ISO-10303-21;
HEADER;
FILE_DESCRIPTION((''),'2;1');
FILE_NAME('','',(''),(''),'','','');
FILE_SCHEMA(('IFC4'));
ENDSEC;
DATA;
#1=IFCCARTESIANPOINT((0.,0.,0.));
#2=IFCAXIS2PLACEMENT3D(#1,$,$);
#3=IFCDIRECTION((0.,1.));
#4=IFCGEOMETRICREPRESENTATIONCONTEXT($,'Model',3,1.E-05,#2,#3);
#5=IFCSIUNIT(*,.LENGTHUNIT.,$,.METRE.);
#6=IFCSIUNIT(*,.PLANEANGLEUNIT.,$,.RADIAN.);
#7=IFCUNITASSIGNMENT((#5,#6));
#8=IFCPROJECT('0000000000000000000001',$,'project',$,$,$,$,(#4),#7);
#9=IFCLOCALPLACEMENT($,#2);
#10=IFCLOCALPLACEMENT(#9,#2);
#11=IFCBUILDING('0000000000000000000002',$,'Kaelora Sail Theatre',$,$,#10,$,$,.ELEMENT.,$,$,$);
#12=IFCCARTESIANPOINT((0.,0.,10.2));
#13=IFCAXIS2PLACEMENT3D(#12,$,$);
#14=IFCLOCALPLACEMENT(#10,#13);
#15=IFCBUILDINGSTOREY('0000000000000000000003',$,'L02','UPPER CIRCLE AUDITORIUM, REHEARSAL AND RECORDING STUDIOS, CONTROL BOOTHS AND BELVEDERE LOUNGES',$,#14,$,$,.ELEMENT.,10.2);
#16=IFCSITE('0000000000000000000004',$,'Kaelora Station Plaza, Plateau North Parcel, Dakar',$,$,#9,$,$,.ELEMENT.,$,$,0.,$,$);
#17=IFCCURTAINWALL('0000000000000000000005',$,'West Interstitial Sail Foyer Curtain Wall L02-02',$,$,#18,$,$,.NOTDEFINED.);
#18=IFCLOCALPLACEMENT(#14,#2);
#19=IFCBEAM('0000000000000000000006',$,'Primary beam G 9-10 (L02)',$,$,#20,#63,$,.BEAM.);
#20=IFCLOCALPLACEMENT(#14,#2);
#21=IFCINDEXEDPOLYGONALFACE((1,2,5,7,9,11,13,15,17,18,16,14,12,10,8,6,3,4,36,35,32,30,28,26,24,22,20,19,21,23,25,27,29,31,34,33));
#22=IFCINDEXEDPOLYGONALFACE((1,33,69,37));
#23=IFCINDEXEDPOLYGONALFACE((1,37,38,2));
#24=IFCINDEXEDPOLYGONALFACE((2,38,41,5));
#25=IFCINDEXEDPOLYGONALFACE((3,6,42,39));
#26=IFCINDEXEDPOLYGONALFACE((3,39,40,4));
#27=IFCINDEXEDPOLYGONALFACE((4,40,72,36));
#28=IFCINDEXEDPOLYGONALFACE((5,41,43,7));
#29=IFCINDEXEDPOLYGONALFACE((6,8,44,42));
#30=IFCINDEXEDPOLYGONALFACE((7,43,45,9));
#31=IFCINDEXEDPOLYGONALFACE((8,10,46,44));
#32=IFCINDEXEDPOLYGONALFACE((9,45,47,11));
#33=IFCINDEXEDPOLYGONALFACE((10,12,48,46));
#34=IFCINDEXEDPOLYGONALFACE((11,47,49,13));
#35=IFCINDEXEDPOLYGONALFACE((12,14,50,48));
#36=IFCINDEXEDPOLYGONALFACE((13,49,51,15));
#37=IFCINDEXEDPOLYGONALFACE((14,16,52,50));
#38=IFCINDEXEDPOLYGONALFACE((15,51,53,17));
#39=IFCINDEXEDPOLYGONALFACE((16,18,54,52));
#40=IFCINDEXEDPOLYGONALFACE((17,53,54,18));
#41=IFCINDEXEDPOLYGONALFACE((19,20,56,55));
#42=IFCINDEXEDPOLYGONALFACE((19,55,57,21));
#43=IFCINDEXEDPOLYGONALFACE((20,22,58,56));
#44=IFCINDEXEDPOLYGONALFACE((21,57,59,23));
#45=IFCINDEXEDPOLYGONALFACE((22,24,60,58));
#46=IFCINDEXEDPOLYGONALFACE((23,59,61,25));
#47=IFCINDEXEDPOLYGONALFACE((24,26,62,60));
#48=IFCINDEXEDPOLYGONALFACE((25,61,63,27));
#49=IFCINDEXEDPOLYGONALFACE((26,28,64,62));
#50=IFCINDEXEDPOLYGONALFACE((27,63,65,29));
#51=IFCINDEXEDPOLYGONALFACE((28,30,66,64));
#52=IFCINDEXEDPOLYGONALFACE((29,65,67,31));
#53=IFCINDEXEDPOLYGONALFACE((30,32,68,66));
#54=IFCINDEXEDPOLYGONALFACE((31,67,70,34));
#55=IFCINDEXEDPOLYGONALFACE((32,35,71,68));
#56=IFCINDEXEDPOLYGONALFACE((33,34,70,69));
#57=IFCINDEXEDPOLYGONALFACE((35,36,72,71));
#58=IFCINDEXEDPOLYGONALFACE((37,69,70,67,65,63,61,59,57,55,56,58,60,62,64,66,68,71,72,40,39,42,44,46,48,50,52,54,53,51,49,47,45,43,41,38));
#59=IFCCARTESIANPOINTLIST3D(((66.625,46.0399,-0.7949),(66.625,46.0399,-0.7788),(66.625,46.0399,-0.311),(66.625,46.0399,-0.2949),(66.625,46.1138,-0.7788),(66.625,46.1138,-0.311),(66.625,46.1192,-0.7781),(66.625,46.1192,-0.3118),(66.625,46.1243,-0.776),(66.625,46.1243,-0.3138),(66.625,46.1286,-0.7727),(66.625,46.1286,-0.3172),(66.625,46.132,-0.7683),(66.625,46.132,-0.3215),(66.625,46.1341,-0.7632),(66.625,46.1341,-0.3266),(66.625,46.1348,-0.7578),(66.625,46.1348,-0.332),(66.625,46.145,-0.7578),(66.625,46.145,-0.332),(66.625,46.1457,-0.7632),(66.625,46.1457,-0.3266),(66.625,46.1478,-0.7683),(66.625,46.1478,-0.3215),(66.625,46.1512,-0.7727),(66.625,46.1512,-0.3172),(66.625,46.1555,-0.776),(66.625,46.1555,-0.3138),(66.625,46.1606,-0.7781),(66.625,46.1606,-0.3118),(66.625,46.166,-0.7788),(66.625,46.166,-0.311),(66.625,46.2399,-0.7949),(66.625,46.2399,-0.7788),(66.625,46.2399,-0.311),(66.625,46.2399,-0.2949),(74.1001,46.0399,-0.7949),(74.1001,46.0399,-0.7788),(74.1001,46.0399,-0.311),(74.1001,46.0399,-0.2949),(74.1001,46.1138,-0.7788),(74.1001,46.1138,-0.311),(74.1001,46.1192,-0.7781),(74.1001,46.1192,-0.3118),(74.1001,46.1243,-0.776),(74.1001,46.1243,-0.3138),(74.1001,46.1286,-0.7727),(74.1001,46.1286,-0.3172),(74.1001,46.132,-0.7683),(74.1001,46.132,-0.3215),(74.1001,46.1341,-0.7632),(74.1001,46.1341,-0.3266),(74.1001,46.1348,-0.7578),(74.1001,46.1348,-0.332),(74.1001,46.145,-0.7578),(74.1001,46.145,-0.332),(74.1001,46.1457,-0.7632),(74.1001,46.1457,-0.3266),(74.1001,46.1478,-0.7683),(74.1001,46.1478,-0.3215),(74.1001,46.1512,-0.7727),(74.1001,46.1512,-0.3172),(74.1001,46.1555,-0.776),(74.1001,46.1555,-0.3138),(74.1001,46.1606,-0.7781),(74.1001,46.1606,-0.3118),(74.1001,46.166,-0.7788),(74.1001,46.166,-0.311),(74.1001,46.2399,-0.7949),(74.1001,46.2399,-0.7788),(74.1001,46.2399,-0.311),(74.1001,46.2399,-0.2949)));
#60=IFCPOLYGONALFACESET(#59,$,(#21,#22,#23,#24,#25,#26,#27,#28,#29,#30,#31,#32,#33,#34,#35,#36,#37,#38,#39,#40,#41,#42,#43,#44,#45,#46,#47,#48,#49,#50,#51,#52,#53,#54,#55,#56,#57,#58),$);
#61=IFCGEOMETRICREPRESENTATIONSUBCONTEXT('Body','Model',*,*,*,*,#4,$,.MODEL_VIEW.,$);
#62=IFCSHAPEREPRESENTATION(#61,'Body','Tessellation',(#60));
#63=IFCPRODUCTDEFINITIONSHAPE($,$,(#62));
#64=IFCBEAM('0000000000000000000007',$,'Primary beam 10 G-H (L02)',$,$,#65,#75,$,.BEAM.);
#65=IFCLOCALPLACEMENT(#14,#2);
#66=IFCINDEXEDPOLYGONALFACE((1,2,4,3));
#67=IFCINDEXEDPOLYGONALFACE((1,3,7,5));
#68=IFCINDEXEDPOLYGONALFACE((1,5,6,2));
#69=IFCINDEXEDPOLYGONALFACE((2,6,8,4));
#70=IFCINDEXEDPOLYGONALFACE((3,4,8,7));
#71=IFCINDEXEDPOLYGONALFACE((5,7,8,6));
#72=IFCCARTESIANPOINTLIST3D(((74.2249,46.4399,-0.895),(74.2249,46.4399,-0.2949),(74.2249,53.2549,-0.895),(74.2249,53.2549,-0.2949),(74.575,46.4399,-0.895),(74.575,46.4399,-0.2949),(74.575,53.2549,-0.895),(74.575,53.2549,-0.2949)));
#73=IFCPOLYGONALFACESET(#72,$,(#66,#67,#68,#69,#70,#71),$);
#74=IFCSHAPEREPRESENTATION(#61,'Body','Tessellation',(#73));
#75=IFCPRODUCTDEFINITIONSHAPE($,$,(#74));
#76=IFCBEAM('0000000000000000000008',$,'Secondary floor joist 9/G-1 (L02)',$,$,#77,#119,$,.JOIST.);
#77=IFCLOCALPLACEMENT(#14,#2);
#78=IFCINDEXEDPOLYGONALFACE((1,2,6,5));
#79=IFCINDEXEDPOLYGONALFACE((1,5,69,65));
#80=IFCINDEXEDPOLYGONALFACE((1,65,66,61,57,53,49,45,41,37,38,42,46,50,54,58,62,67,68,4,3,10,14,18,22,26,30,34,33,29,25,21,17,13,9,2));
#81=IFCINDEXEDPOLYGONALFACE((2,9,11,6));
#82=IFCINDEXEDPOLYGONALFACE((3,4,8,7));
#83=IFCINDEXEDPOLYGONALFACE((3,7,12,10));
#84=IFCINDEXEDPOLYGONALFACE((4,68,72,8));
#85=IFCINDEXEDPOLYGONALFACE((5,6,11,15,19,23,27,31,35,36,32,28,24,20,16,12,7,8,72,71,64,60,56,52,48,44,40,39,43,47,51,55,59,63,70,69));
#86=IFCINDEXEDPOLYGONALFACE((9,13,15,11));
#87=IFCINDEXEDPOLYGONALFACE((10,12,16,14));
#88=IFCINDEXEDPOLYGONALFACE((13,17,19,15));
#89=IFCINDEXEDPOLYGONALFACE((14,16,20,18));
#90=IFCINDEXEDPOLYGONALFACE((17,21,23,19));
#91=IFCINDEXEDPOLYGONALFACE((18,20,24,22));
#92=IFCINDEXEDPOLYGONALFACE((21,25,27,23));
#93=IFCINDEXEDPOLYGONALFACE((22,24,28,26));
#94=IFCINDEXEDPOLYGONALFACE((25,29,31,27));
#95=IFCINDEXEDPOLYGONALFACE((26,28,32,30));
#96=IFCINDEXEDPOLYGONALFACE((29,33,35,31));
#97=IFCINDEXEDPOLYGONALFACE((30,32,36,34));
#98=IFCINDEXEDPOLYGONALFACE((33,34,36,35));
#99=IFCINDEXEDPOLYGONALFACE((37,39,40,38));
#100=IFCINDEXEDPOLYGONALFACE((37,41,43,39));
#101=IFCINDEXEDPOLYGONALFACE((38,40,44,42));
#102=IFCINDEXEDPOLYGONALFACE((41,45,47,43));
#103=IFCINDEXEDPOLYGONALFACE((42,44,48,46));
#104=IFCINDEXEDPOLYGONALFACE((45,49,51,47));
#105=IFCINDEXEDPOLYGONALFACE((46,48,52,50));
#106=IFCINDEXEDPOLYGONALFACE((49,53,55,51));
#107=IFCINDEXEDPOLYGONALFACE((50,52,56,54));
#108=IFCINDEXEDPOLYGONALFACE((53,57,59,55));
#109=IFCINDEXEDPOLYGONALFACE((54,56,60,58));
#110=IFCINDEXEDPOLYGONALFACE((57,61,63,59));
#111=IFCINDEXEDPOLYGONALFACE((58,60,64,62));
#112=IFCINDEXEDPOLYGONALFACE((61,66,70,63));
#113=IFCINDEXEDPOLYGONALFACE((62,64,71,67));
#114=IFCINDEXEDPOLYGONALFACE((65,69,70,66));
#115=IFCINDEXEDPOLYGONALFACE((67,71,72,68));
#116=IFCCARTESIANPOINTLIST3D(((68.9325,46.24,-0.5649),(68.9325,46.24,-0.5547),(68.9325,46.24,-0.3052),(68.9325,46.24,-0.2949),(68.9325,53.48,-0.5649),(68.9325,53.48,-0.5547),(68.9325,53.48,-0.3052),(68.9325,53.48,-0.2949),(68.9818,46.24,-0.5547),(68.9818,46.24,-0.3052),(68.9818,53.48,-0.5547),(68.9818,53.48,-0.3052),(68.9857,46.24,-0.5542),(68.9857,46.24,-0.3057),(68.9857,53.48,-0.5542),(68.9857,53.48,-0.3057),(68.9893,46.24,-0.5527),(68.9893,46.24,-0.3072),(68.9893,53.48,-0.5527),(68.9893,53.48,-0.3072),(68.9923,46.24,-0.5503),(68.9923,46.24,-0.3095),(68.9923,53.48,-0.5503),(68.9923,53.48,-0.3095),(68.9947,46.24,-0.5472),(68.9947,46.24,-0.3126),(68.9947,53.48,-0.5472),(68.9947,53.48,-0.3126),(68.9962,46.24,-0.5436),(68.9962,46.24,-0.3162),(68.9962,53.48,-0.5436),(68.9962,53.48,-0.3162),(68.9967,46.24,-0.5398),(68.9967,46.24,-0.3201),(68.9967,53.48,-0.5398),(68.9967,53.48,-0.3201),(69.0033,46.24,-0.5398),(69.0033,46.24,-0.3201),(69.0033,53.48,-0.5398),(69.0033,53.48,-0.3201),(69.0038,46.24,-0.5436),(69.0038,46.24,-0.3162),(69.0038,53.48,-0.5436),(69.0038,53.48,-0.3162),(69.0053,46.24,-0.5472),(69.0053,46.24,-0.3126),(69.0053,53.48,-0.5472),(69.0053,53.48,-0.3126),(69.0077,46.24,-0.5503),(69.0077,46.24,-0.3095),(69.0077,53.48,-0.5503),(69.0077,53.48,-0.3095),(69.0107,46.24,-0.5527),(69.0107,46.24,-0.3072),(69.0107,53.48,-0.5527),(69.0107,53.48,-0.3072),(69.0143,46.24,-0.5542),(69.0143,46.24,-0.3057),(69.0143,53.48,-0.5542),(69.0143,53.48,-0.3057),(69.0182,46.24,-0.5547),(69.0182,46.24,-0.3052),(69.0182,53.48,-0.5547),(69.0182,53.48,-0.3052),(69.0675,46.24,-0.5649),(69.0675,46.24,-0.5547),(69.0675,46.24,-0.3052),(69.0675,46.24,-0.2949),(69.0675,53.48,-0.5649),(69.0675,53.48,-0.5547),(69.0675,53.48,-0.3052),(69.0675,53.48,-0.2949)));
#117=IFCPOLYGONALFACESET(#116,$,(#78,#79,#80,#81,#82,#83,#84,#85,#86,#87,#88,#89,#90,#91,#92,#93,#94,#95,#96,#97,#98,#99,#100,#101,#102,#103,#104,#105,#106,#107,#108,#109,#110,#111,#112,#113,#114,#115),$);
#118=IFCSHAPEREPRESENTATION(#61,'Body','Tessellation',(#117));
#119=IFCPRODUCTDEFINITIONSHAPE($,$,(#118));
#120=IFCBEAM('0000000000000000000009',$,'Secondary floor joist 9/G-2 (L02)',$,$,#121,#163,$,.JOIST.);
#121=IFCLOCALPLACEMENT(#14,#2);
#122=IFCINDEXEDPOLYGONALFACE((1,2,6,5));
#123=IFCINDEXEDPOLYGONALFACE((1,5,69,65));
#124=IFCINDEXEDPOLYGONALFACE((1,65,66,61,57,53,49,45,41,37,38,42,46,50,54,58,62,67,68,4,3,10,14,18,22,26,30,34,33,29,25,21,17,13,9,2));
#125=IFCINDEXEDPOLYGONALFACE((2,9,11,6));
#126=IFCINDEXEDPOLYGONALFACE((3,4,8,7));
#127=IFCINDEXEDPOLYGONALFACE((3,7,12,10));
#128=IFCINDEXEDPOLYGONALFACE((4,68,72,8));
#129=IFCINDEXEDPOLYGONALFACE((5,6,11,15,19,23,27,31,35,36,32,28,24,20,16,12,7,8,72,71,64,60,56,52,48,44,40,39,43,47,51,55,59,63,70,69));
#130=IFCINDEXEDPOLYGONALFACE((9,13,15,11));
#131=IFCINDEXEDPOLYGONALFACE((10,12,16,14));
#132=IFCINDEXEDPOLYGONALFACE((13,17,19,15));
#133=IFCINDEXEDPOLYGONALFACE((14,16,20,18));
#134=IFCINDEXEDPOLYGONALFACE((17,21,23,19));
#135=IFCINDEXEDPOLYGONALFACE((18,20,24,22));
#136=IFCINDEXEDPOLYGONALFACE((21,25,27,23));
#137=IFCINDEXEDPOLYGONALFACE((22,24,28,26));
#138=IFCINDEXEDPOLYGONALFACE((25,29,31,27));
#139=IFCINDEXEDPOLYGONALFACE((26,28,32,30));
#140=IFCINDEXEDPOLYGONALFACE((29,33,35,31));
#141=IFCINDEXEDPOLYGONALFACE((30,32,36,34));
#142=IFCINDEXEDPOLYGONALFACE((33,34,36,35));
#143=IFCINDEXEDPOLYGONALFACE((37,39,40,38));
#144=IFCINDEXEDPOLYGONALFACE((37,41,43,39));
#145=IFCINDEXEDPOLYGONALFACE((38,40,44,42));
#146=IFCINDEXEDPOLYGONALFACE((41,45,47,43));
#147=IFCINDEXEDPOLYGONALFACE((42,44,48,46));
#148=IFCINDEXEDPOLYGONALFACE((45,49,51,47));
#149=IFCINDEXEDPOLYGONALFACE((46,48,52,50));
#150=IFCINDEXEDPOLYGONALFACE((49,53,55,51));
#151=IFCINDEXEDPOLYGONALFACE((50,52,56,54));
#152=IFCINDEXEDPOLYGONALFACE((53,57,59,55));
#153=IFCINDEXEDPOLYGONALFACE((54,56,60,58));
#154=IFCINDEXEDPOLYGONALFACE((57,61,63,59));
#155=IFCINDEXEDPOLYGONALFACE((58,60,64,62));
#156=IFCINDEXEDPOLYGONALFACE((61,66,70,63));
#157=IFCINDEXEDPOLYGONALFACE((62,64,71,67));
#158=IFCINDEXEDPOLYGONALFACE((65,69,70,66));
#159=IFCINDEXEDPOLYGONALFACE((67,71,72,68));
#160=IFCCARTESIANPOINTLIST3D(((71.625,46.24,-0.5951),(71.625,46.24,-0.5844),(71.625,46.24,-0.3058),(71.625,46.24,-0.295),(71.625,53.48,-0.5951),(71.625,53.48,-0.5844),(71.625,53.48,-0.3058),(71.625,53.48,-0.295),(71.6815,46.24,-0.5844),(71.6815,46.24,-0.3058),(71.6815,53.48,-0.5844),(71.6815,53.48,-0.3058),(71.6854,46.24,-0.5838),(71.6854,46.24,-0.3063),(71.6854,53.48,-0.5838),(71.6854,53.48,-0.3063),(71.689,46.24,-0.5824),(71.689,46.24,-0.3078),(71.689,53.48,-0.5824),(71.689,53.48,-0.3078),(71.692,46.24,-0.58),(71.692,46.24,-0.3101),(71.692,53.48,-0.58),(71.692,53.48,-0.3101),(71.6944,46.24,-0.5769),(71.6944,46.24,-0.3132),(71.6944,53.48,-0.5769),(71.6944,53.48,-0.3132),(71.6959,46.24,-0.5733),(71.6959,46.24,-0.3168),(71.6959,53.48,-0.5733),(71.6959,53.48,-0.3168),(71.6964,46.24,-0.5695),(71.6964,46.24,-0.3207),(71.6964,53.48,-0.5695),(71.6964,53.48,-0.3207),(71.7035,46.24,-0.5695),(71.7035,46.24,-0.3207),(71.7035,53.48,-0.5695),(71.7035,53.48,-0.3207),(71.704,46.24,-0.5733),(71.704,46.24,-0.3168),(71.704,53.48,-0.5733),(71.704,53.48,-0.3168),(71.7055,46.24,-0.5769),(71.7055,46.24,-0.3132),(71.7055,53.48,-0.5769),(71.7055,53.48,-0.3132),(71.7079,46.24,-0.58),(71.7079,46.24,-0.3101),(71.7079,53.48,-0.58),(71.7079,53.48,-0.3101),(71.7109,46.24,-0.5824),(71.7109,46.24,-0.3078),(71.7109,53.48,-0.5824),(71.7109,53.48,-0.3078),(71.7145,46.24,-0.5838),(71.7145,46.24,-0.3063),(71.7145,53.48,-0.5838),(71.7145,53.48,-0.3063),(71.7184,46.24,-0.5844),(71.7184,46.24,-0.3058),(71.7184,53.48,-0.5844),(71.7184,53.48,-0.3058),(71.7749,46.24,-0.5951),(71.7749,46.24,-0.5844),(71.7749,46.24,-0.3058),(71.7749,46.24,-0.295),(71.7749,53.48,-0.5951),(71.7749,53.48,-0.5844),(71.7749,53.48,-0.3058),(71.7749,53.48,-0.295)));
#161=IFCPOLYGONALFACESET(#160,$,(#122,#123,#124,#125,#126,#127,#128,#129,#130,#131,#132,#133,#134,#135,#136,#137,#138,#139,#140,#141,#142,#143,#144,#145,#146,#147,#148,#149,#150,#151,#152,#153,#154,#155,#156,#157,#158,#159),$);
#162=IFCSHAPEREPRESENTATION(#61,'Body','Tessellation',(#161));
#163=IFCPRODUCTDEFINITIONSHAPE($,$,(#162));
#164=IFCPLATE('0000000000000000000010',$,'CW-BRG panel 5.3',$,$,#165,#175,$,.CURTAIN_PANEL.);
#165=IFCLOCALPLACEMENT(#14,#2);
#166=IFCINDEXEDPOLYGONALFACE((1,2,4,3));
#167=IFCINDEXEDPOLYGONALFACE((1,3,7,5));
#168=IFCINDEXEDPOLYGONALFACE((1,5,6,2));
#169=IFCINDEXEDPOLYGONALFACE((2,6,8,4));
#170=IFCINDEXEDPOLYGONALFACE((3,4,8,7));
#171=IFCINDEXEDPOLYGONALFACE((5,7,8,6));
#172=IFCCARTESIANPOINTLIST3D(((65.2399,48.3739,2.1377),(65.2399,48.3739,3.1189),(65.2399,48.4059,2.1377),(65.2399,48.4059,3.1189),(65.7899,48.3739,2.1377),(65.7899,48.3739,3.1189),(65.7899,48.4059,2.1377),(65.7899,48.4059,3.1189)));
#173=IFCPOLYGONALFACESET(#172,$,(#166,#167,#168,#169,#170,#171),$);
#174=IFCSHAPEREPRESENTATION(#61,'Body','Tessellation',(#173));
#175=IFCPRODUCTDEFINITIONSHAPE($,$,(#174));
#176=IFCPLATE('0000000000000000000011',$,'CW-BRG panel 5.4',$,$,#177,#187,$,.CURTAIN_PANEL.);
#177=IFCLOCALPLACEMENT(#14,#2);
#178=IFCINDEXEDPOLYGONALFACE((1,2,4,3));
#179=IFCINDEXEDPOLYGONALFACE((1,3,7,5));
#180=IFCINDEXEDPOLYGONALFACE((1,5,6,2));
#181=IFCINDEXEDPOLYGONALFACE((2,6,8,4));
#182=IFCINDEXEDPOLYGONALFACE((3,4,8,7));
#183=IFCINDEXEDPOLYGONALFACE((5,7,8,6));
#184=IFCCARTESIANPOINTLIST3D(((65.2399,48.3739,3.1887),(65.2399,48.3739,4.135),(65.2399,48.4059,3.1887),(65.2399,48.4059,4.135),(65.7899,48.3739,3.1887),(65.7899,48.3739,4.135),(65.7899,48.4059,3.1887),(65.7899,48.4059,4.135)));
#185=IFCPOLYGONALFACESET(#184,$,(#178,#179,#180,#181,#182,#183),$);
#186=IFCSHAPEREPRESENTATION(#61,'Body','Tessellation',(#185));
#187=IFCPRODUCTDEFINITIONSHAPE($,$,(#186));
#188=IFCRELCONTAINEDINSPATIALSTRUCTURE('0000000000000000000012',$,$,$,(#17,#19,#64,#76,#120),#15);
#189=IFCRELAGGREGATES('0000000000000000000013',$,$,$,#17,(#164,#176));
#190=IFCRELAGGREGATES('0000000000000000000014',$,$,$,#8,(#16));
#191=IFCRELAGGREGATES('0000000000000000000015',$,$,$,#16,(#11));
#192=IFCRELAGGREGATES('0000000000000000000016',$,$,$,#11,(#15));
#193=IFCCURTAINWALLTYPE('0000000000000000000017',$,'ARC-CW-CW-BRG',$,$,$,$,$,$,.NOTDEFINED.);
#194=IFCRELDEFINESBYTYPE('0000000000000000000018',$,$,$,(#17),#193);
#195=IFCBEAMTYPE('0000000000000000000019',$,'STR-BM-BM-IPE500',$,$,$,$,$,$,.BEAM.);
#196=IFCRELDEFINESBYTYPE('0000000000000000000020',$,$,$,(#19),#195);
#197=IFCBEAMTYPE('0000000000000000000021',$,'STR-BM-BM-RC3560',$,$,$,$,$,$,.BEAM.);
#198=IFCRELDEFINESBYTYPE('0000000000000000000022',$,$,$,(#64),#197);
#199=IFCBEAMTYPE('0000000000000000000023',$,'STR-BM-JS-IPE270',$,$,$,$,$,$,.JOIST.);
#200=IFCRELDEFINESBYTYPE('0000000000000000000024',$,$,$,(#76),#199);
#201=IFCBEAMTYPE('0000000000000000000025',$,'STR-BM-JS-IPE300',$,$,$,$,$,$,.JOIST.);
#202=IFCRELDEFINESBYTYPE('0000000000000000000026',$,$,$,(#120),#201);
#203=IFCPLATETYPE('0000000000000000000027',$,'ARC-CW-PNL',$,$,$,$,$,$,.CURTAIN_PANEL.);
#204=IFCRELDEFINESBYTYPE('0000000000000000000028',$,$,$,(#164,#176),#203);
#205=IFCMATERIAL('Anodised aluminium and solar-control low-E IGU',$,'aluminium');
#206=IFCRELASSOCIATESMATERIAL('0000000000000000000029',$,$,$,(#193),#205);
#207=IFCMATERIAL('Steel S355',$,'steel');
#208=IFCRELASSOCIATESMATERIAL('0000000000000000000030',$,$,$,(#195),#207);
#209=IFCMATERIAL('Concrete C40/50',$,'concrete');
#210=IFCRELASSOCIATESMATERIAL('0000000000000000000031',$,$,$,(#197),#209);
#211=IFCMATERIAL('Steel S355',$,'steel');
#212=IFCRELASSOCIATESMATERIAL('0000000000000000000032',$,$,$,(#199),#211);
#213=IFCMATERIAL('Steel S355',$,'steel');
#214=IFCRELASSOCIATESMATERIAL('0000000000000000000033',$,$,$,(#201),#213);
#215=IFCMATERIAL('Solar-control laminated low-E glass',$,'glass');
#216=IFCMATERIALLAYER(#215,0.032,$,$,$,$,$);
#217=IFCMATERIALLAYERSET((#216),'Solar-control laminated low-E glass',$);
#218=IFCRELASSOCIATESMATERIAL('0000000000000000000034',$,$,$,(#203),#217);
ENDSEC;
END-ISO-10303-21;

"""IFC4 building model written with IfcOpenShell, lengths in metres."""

from ifc_helpers import new_model, si_unit, direction, frame, origin, origin_2d, place, context, subcontext, project, spatial, rectangle, i_section, extrude, material, layer, layer_set, material_profile, profile_set, type_object, element, aggregate, save


model = new_model("IFC4")

# Units and contexts
model_context = context("Model", 3, precision=1e-05, world=origin(), true_north=direction((0.0, 1.0)))
body_context = subcontext(model_context, "Body", "Model", "MODEL_VIEW")
ifc_project = project(units=[si_unit("LENGTHUNIT", "METRE"), si_unit("PLANEANGLEUNIT", "RADIAN")], contexts=[model_context])

# Site, building, storey
site_placement = place(None, origin())
site = spatial("IfcSite", under=ifc_project, at=site_placement, Name="Kaelora Station Plaza, Plateau North Parcel, Dakar", CompositionType="ELEMENT", RefElevation=0.0)
building_placement = place(site_placement, origin())
building = spatial("IfcBuilding", under=site, at=building_placement, Name="Kaelora Sail Theatre", CompositionType="ELEMENT")
storey_placement = place(building_placement, frame((0.0, 0.0, 10.2)))
storey = spatial("IfcBuildingStorey", under=building, at=storey_placement, Name="L02", Description="UPPER CIRCLE AUDITORIUM, REHEARSAL AND RECORDING STUDIOS, CONTROL BOOTHS AND BELVEDERE LOUNGES", CompositionType="ELEMENT", Elevation=10.2)

# Curtain wall
ifc_material_1 = material(Name="Anodised aluminium and solar-control low-E IGU", Category="aluminium")
curtain_wall_type = type_object("IfcCurtainWallType", Name="ARC-CW-CW-BRG", PredefinedType="NOTDEFINED", material=ifc_material_1)
curtain_wall_1_placement = place(storey_placement, origin())
curtain_wall_1 = element("IfcCurtainWall", 1, at=curtain_wall_1_placement, inside=storey, type_object=curtain_wall_type, Name="West Interstitial Sail Foyer Curtain Wall L02-02", PredefinedType="NOTDEFINED")

# Beams
ifc_material_2 = material(Name="Steel S355", Category="steel")
ifc_material_profile_1 = material_profile(ifc_material_2, i_section(OverallWidth=0.2, OverallDepth=0.5, WebThickness=0.0103, FlangeThickness=0.0161, FilletRadius=0.021, at=origin_2d()), Name="IPE 500")
ifc_profile_set_1 = profile_set([ifc_material_profile_1], Name="Steel S355")
beam_type_1 = type_object("IfcBeamType", Name="STR-BM-BM-IPE500", PredefinedType="BEAM", material=ifc_profile_set_1)
beam_1_placement = place(storey_placement, frame((66.625, 46.1399, -0.5449), z_axis=(1.0, 0.0, 0.0), x_axis=(0.0, 1.0, 0.0)))
element("IfcBeam", 2, at=beam_1_placement, inside=storey, type_object=beam_type_1, Name="Primary beam G 9-10 (L02)", PredefinedType="BEAM", context=body_context, shape_type="SweptSolid", body=[
    extrude(i_section(OverallWidth=0.2, OverallDepth=0.5, WebThickness=0.0103, FlangeThickness=0.0161, FilletRadius=0.021, at=origin_2d()), origin(), (0.0, 0.0, 1.0), 7.4751),
])
ifc_material_3 = material(Name="Concrete C40/50", Category="concrete")
ifc_material_profile_2 = material_profile(ifc_material_3, rectangle(XDim=0.3501, YDim=0.6001, at=origin_2d()), Name="RC-BM 350x600")
ifc_profile_set_2 = profile_set([ifc_material_profile_2], Name="Concrete C40/50")
beam_type_2 = type_object("IfcBeamType", Name="STR-BM-BM-RC3560", PredefinedType="BEAM", material=ifc_profile_set_2)
beam_2_placement = place(storey_placement, frame((74.3999, 46.4399, -0.595), z_axis=(0.0, 1.0, 0.0), x_axis=(-1.0, 0.0, 0.0)))
element("IfcBeam", 3, at=beam_2_placement, inside=storey, type_object=beam_type_2, Name="Primary beam 10 G-H (L02)", PredefinedType="BEAM", context=body_context, shape_type="SweptSolid", body=[
    extrude(rectangle(XDim=0.3501, YDim=0.6001, at=origin_2d()), origin(), (0.0, 0.0, 1.0), 6.8149),
])
ifc_material_4 = material(Name="Steel S355", Category="steel")
ifc_material_profile_3 = material_profile(ifc_material_4, i_section(OverallWidth=0.135, OverallDepth=0.27, WebThickness=0.0066, FlangeThickness=0.0103, FilletRadius=0.0149, at=origin_2d()), Name="IPE 270")
ifc_profile_set_3 = profile_set([ifc_material_profile_3], Name="Steel S355")
beam_type_3 = type_object("IfcBeamType", Name="STR-BM-JS-IPE270", PredefinedType="JOIST", material=ifc_profile_set_3)
beam_3_placement = place(storey_placement, frame((69.0, 46.24, -0.4299), z_axis=(0.0, 1.0, 0.0), x_axis=(-1.0, 0.0, 0.0)))
element("IfcBeam", 4, at=beam_3_placement, inside=storey, type_object=beam_type_3, Name="Secondary floor joist 9/G-1 (L02)", PredefinedType="JOIST", context=body_context, shape_type="SweptSolid", body=[
    extrude(i_section(OverallWidth=0.135, OverallDepth=0.27, WebThickness=0.0066, FlangeThickness=0.0103, FilletRadius=0.0149, at=origin_2d()), origin(), (0.0, 0.0, 1.0), 7.24),
])
ifc_material_5 = material(Name="Steel S355", Category="steel")
ifc_material_profile_4 = material_profile(ifc_material_5, i_section(OverallWidth=0.1499, OverallDepth=0.3, WebThickness=0.0071, FlangeThickness=0.0107, FilletRadius=0.0149, at=origin_2d()), Name="IPE 300")
ifc_profile_set_4 = profile_set([ifc_material_profile_4], Name="Steel S355")
beam_type_4 = type_object("IfcBeamType", Name="STR-BM-JS-IPE300", PredefinedType="JOIST", material=ifc_profile_set_4)
beam_4_placement = place(storey_placement, frame((71.7, 46.24, -0.4451), z_axis=(0.0, 1.0, 0.0), x_axis=(-1.0, 0.0, 0.0)))
element("IfcBeam", 5, at=beam_4_placement, inside=storey, type_object=beam_type_4, Name="Secondary floor joist 9/G-2 (L02)", PredefinedType="JOIST", context=body_context, shape_type="SweptSolid", body=[
    extrude(i_section(OverallWidth=0.1499, OverallDepth=0.3, WebThickness=0.0071, FlangeThickness=0.0107, FilletRadius=0.0149, at=origin_2d()), origin(), (0.0, 0.0, 1.0), 7.24),
])

# Plates
ifc_material_6 = material(Name="Solar-control laminated low-E glass", Category="glass")
ifc_layer = layer(ifc_material_6, 0.032)
ifc_layer_set = layer_set([ifc_layer], Name="Solar-control laminated low-E glass")
plate_type = type_object("IfcPlateType", Name="ARC-CW-PNL", PredefinedType="CURTAIN_PANEL", material=ifc_layer_set)
plate_1_placement = place(storey_placement, frame((65.5149, 48.3899, 2.1377), z_axis=(0.0, 0.0, 1.0), x_axis=(1.0, 0.0, 0.0)))
plate_1 = element("IfcPlate", 6, at=plate_1_placement, type_object=plate_type, Name="CW-BRG panel 5.3", PredefinedType="CURTAIN_PANEL", context=body_context, shape_type="SweptSolid", body=[
    extrude(rectangle(XDim=0.55, YDim=0.032, at=origin_2d()), origin(), (0.0, 0.0, 1.0), 0.9812),
])
plate_2_placement = place(storey_placement, frame((65.5149, 48.3899, 3.1887), z_axis=(0.0, 0.0, 1.0), x_axis=(1.0, 0.0, 0.0)))
plate_2 = element("IfcPlate", 7, at=plate_2_placement, type_object=plate_type, Name="CW-BRG panel 5.4", PredefinedType="CURTAIN_PANEL", context=body_context, shape_type="SweptSolid", body=[
    extrude(rectangle(XDim=0.55, YDim=0.032, at=origin_2d()), origin(), (0.0, 0.0, 1.0), 0.9463),
])
aggregate(curtain_wall_1, [plate_1, plate_2])

save(model, "model.ifc")
